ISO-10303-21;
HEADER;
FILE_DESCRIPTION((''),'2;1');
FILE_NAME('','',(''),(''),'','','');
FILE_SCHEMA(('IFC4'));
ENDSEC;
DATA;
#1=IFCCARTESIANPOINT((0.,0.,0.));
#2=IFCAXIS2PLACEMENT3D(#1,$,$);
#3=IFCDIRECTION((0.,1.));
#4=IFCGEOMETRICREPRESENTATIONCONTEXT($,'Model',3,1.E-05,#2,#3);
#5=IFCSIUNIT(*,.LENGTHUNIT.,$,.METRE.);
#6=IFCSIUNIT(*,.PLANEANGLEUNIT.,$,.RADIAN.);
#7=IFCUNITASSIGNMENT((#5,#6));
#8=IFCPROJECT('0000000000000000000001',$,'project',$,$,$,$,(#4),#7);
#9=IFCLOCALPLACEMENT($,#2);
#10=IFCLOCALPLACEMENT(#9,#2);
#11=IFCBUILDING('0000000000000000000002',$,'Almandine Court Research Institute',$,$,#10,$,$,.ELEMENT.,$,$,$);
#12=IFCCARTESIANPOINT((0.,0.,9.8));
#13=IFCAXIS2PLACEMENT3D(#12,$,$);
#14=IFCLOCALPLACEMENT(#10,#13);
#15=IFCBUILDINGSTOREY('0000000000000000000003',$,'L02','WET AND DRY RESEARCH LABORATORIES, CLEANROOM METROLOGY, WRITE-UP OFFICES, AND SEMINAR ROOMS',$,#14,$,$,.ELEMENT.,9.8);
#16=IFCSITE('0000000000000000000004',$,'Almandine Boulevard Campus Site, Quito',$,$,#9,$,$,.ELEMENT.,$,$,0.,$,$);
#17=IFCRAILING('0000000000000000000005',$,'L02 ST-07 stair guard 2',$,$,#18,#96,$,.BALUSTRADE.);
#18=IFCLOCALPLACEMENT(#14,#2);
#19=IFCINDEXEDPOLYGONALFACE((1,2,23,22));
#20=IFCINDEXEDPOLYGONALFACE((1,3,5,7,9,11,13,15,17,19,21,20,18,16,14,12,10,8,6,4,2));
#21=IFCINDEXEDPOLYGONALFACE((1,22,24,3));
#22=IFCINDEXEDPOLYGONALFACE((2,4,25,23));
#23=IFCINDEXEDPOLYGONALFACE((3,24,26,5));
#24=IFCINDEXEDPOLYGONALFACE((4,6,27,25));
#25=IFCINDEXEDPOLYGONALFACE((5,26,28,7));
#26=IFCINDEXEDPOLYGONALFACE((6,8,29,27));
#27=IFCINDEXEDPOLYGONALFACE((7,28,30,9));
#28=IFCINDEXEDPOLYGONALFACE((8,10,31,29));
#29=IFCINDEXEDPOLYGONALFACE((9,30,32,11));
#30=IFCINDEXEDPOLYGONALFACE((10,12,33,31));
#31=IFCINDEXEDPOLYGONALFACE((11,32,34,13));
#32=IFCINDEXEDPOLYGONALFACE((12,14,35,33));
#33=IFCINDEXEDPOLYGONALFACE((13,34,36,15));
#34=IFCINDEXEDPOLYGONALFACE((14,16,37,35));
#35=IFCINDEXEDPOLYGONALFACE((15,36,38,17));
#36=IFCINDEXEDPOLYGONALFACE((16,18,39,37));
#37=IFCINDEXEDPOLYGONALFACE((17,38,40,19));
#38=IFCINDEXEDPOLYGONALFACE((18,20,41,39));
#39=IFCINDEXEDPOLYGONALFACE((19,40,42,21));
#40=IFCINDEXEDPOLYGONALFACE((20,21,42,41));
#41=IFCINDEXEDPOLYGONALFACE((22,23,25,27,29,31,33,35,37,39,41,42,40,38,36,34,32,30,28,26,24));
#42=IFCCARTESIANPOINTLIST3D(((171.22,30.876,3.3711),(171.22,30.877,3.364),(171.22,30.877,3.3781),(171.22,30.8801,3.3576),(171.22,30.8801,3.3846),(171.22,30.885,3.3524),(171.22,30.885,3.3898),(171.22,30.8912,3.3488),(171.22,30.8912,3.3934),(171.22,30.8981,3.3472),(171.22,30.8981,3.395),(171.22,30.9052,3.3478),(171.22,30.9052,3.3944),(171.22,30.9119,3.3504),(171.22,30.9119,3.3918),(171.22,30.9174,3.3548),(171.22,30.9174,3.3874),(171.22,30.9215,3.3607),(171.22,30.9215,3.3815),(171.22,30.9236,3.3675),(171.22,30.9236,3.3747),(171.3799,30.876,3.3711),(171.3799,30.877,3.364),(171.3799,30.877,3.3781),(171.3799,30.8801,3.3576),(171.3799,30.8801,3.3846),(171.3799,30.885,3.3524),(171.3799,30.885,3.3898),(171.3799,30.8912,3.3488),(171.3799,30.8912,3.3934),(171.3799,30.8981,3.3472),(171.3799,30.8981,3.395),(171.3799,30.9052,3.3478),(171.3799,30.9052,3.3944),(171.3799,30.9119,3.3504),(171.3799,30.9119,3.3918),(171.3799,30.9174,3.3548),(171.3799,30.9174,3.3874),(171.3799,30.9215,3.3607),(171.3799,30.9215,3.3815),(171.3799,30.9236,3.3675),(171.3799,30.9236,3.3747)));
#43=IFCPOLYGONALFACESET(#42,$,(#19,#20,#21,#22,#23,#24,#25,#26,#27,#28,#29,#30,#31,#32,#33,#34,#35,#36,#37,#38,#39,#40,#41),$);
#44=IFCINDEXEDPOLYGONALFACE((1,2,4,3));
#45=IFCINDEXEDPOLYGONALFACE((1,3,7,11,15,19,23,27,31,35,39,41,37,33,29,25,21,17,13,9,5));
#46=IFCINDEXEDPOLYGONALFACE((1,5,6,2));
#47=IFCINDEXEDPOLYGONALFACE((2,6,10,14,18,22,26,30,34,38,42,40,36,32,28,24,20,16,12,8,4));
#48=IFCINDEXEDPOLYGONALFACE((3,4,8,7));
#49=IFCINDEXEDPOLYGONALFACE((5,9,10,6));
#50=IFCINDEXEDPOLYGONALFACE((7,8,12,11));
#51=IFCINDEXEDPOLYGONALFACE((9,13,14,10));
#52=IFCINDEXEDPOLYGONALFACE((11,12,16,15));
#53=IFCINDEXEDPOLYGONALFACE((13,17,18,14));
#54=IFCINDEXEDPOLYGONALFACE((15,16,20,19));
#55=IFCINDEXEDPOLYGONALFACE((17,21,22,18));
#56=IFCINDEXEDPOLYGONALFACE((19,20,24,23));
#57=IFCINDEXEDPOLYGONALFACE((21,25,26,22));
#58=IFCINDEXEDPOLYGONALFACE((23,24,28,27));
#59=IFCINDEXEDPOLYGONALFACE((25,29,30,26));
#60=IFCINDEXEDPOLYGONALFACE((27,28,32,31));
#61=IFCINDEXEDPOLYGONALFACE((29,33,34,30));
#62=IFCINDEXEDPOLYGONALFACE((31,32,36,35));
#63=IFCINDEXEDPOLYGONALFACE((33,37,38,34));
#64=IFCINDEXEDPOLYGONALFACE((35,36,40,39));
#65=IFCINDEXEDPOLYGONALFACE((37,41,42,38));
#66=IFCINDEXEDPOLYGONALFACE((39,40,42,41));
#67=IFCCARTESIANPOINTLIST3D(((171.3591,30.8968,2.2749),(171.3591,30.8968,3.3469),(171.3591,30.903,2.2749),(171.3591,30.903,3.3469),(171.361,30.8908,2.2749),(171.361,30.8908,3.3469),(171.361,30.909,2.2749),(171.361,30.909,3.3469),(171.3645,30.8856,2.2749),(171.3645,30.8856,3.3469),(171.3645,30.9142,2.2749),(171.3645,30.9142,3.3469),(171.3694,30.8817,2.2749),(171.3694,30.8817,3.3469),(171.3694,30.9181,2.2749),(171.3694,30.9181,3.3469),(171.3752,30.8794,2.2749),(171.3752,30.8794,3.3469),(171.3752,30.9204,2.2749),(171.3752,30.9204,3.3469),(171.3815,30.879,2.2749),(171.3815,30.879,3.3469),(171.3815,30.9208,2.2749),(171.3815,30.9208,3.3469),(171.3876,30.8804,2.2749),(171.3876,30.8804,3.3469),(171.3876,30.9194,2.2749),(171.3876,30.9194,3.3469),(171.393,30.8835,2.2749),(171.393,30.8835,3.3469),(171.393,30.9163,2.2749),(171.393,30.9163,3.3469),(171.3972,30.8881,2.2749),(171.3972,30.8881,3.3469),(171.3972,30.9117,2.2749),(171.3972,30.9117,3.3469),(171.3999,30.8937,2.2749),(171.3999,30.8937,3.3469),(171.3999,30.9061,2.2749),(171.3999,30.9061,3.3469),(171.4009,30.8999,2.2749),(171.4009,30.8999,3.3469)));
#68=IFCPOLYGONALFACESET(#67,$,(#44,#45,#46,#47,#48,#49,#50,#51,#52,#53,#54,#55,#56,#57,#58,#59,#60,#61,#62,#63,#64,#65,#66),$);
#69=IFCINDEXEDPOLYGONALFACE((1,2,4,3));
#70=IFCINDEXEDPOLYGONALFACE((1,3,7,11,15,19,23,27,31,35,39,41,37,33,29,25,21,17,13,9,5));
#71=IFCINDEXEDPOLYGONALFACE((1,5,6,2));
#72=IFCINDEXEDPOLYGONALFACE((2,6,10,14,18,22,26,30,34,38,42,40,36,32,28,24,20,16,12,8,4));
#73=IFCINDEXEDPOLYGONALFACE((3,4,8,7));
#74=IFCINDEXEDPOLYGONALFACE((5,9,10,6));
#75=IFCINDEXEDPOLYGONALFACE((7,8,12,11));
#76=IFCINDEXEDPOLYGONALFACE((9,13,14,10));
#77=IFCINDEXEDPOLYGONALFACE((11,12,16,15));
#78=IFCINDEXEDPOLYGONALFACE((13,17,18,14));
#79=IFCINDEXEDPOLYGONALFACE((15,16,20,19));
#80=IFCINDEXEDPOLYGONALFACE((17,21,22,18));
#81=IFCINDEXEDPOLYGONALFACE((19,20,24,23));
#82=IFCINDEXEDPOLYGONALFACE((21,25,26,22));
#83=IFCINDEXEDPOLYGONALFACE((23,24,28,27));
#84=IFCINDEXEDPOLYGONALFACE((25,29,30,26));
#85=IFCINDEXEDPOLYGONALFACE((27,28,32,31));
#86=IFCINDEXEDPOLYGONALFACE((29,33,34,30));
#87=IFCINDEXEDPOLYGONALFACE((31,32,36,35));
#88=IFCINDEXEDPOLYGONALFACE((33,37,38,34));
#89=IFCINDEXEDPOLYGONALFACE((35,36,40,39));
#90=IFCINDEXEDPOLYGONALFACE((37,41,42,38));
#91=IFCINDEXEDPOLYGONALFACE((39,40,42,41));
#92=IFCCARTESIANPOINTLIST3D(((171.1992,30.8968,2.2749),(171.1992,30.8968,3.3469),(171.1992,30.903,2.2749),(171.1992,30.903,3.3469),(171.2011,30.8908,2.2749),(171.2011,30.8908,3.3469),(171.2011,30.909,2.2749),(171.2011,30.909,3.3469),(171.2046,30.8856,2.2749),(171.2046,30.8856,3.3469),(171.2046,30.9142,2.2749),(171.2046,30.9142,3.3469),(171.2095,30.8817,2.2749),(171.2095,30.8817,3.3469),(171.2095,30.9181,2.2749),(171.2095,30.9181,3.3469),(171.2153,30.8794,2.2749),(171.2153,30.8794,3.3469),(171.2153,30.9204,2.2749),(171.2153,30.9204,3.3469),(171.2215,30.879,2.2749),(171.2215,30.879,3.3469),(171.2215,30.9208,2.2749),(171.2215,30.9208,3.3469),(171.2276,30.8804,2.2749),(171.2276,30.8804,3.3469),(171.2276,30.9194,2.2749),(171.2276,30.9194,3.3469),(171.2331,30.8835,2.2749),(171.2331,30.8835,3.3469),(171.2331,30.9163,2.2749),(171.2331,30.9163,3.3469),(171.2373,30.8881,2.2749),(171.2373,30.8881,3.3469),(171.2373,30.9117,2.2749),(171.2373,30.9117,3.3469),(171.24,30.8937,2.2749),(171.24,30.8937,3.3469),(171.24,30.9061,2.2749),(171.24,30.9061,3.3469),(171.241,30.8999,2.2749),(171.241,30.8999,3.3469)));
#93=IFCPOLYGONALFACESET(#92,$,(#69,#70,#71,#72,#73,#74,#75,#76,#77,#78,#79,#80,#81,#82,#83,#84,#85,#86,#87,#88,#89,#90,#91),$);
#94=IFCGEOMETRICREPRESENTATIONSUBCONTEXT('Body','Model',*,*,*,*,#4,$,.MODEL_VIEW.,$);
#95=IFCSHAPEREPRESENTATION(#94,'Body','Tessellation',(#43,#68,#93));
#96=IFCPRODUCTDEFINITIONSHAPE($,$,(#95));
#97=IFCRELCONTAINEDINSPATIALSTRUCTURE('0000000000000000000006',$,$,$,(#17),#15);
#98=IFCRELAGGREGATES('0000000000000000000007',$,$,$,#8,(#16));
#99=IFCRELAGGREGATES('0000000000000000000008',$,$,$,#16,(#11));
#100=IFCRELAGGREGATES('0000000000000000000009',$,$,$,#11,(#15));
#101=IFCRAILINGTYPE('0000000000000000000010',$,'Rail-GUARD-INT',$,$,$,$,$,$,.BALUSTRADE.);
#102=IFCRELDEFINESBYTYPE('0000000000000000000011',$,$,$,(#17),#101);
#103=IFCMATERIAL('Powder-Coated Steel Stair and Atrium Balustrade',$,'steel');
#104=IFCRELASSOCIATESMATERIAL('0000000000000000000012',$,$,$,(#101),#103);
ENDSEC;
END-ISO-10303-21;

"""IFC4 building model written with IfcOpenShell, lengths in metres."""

from ifc_helpers import new_model, si_unit, direction, frame, origin, origin_2d, place, context, subcontext, project, spatial, circle, extrude, material, type_object, element, save


model = new_model("IFC4")

# Units and contexts
model_context = context("Model", 3, precision=1e-05, world=origin(), true_north=direction((0.0, 1.0)))
body_context = subcontext(model_context, "Body", "Model", "MODEL_VIEW")
ifc_project = project(units=[si_unit("LENGTHUNIT", "METRE"), si_unit("PLANEANGLEUNIT", "RADIAN")], contexts=[model_context])

# Site, building, storey
site_placement = place(None, origin())
site = spatial("IfcSite", under=ifc_project, at=site_placement, Name="Almandine Boulevard Campus Site, Quito", CompositionType="ELEMENT", RefElevation=0.0)
building_placement = place(site_placement, origin())
building = spatial("IfcBuilding", under=site, at=building_placement, Name="Almandine Court Research Institute", CompositionType="ELEMENT")
storey_placement = place(building_placement, frame((0.0, 0.0, 9.8)))
storey = spatial("IfcBuildingStorey", under=building, at=storey_placement, Name="L02", Description="WET AND DRY RESEARCH LABORATORIES, CLEANROOM METROLOGY, WRITE-UP OFFICES, AND SEMINAR ROOMS", CompositionType="ELEMENT", Elevation=9.8)

# Railing
ifc_material_1 = material(Name="Powder-Coated Steel Stair and Atrium Balustrade", Category="steel")
railing_type_1 = type_object("IfcRailingType", Name="Rail-GUARD-INT", PredefinedType="BALUSTRADE", material=ifc_material_1)
railing_1_placement = place(storey_placement, frame((171.3799, 30.8999, 2.2749)))
element("IfcRailing", 1, at=railing_1_placement, inside=storey, type_object=railing_type_1, Name="L02 ST-07 stair guard 2", PredefinedType="BALUSTRADE", context=body_context, shape_type="SweptSolid", body=[
    extrude(circle(Radius=0.0239, at=origin_2d()), frame((0.0, 0.0, 1.0962), z_axis=(-1.0, 0.0, 0.0), x_axis=(0.0, -1.0, 0.0)), (0.0, 0.0, 1.0), 0.1599),
    extrude(circle(Radius=0.021, at=origin_2d()), origin(), (0.0, 0.0, 1.0), 1.072),
    extrude(circle(Radius=0.021, at=origin_2d()), frame((-0.1599, 0.0, 0.0)), (0.0, 0.0, 1.0), 1.072),
])

save(model, "model.ifc")
